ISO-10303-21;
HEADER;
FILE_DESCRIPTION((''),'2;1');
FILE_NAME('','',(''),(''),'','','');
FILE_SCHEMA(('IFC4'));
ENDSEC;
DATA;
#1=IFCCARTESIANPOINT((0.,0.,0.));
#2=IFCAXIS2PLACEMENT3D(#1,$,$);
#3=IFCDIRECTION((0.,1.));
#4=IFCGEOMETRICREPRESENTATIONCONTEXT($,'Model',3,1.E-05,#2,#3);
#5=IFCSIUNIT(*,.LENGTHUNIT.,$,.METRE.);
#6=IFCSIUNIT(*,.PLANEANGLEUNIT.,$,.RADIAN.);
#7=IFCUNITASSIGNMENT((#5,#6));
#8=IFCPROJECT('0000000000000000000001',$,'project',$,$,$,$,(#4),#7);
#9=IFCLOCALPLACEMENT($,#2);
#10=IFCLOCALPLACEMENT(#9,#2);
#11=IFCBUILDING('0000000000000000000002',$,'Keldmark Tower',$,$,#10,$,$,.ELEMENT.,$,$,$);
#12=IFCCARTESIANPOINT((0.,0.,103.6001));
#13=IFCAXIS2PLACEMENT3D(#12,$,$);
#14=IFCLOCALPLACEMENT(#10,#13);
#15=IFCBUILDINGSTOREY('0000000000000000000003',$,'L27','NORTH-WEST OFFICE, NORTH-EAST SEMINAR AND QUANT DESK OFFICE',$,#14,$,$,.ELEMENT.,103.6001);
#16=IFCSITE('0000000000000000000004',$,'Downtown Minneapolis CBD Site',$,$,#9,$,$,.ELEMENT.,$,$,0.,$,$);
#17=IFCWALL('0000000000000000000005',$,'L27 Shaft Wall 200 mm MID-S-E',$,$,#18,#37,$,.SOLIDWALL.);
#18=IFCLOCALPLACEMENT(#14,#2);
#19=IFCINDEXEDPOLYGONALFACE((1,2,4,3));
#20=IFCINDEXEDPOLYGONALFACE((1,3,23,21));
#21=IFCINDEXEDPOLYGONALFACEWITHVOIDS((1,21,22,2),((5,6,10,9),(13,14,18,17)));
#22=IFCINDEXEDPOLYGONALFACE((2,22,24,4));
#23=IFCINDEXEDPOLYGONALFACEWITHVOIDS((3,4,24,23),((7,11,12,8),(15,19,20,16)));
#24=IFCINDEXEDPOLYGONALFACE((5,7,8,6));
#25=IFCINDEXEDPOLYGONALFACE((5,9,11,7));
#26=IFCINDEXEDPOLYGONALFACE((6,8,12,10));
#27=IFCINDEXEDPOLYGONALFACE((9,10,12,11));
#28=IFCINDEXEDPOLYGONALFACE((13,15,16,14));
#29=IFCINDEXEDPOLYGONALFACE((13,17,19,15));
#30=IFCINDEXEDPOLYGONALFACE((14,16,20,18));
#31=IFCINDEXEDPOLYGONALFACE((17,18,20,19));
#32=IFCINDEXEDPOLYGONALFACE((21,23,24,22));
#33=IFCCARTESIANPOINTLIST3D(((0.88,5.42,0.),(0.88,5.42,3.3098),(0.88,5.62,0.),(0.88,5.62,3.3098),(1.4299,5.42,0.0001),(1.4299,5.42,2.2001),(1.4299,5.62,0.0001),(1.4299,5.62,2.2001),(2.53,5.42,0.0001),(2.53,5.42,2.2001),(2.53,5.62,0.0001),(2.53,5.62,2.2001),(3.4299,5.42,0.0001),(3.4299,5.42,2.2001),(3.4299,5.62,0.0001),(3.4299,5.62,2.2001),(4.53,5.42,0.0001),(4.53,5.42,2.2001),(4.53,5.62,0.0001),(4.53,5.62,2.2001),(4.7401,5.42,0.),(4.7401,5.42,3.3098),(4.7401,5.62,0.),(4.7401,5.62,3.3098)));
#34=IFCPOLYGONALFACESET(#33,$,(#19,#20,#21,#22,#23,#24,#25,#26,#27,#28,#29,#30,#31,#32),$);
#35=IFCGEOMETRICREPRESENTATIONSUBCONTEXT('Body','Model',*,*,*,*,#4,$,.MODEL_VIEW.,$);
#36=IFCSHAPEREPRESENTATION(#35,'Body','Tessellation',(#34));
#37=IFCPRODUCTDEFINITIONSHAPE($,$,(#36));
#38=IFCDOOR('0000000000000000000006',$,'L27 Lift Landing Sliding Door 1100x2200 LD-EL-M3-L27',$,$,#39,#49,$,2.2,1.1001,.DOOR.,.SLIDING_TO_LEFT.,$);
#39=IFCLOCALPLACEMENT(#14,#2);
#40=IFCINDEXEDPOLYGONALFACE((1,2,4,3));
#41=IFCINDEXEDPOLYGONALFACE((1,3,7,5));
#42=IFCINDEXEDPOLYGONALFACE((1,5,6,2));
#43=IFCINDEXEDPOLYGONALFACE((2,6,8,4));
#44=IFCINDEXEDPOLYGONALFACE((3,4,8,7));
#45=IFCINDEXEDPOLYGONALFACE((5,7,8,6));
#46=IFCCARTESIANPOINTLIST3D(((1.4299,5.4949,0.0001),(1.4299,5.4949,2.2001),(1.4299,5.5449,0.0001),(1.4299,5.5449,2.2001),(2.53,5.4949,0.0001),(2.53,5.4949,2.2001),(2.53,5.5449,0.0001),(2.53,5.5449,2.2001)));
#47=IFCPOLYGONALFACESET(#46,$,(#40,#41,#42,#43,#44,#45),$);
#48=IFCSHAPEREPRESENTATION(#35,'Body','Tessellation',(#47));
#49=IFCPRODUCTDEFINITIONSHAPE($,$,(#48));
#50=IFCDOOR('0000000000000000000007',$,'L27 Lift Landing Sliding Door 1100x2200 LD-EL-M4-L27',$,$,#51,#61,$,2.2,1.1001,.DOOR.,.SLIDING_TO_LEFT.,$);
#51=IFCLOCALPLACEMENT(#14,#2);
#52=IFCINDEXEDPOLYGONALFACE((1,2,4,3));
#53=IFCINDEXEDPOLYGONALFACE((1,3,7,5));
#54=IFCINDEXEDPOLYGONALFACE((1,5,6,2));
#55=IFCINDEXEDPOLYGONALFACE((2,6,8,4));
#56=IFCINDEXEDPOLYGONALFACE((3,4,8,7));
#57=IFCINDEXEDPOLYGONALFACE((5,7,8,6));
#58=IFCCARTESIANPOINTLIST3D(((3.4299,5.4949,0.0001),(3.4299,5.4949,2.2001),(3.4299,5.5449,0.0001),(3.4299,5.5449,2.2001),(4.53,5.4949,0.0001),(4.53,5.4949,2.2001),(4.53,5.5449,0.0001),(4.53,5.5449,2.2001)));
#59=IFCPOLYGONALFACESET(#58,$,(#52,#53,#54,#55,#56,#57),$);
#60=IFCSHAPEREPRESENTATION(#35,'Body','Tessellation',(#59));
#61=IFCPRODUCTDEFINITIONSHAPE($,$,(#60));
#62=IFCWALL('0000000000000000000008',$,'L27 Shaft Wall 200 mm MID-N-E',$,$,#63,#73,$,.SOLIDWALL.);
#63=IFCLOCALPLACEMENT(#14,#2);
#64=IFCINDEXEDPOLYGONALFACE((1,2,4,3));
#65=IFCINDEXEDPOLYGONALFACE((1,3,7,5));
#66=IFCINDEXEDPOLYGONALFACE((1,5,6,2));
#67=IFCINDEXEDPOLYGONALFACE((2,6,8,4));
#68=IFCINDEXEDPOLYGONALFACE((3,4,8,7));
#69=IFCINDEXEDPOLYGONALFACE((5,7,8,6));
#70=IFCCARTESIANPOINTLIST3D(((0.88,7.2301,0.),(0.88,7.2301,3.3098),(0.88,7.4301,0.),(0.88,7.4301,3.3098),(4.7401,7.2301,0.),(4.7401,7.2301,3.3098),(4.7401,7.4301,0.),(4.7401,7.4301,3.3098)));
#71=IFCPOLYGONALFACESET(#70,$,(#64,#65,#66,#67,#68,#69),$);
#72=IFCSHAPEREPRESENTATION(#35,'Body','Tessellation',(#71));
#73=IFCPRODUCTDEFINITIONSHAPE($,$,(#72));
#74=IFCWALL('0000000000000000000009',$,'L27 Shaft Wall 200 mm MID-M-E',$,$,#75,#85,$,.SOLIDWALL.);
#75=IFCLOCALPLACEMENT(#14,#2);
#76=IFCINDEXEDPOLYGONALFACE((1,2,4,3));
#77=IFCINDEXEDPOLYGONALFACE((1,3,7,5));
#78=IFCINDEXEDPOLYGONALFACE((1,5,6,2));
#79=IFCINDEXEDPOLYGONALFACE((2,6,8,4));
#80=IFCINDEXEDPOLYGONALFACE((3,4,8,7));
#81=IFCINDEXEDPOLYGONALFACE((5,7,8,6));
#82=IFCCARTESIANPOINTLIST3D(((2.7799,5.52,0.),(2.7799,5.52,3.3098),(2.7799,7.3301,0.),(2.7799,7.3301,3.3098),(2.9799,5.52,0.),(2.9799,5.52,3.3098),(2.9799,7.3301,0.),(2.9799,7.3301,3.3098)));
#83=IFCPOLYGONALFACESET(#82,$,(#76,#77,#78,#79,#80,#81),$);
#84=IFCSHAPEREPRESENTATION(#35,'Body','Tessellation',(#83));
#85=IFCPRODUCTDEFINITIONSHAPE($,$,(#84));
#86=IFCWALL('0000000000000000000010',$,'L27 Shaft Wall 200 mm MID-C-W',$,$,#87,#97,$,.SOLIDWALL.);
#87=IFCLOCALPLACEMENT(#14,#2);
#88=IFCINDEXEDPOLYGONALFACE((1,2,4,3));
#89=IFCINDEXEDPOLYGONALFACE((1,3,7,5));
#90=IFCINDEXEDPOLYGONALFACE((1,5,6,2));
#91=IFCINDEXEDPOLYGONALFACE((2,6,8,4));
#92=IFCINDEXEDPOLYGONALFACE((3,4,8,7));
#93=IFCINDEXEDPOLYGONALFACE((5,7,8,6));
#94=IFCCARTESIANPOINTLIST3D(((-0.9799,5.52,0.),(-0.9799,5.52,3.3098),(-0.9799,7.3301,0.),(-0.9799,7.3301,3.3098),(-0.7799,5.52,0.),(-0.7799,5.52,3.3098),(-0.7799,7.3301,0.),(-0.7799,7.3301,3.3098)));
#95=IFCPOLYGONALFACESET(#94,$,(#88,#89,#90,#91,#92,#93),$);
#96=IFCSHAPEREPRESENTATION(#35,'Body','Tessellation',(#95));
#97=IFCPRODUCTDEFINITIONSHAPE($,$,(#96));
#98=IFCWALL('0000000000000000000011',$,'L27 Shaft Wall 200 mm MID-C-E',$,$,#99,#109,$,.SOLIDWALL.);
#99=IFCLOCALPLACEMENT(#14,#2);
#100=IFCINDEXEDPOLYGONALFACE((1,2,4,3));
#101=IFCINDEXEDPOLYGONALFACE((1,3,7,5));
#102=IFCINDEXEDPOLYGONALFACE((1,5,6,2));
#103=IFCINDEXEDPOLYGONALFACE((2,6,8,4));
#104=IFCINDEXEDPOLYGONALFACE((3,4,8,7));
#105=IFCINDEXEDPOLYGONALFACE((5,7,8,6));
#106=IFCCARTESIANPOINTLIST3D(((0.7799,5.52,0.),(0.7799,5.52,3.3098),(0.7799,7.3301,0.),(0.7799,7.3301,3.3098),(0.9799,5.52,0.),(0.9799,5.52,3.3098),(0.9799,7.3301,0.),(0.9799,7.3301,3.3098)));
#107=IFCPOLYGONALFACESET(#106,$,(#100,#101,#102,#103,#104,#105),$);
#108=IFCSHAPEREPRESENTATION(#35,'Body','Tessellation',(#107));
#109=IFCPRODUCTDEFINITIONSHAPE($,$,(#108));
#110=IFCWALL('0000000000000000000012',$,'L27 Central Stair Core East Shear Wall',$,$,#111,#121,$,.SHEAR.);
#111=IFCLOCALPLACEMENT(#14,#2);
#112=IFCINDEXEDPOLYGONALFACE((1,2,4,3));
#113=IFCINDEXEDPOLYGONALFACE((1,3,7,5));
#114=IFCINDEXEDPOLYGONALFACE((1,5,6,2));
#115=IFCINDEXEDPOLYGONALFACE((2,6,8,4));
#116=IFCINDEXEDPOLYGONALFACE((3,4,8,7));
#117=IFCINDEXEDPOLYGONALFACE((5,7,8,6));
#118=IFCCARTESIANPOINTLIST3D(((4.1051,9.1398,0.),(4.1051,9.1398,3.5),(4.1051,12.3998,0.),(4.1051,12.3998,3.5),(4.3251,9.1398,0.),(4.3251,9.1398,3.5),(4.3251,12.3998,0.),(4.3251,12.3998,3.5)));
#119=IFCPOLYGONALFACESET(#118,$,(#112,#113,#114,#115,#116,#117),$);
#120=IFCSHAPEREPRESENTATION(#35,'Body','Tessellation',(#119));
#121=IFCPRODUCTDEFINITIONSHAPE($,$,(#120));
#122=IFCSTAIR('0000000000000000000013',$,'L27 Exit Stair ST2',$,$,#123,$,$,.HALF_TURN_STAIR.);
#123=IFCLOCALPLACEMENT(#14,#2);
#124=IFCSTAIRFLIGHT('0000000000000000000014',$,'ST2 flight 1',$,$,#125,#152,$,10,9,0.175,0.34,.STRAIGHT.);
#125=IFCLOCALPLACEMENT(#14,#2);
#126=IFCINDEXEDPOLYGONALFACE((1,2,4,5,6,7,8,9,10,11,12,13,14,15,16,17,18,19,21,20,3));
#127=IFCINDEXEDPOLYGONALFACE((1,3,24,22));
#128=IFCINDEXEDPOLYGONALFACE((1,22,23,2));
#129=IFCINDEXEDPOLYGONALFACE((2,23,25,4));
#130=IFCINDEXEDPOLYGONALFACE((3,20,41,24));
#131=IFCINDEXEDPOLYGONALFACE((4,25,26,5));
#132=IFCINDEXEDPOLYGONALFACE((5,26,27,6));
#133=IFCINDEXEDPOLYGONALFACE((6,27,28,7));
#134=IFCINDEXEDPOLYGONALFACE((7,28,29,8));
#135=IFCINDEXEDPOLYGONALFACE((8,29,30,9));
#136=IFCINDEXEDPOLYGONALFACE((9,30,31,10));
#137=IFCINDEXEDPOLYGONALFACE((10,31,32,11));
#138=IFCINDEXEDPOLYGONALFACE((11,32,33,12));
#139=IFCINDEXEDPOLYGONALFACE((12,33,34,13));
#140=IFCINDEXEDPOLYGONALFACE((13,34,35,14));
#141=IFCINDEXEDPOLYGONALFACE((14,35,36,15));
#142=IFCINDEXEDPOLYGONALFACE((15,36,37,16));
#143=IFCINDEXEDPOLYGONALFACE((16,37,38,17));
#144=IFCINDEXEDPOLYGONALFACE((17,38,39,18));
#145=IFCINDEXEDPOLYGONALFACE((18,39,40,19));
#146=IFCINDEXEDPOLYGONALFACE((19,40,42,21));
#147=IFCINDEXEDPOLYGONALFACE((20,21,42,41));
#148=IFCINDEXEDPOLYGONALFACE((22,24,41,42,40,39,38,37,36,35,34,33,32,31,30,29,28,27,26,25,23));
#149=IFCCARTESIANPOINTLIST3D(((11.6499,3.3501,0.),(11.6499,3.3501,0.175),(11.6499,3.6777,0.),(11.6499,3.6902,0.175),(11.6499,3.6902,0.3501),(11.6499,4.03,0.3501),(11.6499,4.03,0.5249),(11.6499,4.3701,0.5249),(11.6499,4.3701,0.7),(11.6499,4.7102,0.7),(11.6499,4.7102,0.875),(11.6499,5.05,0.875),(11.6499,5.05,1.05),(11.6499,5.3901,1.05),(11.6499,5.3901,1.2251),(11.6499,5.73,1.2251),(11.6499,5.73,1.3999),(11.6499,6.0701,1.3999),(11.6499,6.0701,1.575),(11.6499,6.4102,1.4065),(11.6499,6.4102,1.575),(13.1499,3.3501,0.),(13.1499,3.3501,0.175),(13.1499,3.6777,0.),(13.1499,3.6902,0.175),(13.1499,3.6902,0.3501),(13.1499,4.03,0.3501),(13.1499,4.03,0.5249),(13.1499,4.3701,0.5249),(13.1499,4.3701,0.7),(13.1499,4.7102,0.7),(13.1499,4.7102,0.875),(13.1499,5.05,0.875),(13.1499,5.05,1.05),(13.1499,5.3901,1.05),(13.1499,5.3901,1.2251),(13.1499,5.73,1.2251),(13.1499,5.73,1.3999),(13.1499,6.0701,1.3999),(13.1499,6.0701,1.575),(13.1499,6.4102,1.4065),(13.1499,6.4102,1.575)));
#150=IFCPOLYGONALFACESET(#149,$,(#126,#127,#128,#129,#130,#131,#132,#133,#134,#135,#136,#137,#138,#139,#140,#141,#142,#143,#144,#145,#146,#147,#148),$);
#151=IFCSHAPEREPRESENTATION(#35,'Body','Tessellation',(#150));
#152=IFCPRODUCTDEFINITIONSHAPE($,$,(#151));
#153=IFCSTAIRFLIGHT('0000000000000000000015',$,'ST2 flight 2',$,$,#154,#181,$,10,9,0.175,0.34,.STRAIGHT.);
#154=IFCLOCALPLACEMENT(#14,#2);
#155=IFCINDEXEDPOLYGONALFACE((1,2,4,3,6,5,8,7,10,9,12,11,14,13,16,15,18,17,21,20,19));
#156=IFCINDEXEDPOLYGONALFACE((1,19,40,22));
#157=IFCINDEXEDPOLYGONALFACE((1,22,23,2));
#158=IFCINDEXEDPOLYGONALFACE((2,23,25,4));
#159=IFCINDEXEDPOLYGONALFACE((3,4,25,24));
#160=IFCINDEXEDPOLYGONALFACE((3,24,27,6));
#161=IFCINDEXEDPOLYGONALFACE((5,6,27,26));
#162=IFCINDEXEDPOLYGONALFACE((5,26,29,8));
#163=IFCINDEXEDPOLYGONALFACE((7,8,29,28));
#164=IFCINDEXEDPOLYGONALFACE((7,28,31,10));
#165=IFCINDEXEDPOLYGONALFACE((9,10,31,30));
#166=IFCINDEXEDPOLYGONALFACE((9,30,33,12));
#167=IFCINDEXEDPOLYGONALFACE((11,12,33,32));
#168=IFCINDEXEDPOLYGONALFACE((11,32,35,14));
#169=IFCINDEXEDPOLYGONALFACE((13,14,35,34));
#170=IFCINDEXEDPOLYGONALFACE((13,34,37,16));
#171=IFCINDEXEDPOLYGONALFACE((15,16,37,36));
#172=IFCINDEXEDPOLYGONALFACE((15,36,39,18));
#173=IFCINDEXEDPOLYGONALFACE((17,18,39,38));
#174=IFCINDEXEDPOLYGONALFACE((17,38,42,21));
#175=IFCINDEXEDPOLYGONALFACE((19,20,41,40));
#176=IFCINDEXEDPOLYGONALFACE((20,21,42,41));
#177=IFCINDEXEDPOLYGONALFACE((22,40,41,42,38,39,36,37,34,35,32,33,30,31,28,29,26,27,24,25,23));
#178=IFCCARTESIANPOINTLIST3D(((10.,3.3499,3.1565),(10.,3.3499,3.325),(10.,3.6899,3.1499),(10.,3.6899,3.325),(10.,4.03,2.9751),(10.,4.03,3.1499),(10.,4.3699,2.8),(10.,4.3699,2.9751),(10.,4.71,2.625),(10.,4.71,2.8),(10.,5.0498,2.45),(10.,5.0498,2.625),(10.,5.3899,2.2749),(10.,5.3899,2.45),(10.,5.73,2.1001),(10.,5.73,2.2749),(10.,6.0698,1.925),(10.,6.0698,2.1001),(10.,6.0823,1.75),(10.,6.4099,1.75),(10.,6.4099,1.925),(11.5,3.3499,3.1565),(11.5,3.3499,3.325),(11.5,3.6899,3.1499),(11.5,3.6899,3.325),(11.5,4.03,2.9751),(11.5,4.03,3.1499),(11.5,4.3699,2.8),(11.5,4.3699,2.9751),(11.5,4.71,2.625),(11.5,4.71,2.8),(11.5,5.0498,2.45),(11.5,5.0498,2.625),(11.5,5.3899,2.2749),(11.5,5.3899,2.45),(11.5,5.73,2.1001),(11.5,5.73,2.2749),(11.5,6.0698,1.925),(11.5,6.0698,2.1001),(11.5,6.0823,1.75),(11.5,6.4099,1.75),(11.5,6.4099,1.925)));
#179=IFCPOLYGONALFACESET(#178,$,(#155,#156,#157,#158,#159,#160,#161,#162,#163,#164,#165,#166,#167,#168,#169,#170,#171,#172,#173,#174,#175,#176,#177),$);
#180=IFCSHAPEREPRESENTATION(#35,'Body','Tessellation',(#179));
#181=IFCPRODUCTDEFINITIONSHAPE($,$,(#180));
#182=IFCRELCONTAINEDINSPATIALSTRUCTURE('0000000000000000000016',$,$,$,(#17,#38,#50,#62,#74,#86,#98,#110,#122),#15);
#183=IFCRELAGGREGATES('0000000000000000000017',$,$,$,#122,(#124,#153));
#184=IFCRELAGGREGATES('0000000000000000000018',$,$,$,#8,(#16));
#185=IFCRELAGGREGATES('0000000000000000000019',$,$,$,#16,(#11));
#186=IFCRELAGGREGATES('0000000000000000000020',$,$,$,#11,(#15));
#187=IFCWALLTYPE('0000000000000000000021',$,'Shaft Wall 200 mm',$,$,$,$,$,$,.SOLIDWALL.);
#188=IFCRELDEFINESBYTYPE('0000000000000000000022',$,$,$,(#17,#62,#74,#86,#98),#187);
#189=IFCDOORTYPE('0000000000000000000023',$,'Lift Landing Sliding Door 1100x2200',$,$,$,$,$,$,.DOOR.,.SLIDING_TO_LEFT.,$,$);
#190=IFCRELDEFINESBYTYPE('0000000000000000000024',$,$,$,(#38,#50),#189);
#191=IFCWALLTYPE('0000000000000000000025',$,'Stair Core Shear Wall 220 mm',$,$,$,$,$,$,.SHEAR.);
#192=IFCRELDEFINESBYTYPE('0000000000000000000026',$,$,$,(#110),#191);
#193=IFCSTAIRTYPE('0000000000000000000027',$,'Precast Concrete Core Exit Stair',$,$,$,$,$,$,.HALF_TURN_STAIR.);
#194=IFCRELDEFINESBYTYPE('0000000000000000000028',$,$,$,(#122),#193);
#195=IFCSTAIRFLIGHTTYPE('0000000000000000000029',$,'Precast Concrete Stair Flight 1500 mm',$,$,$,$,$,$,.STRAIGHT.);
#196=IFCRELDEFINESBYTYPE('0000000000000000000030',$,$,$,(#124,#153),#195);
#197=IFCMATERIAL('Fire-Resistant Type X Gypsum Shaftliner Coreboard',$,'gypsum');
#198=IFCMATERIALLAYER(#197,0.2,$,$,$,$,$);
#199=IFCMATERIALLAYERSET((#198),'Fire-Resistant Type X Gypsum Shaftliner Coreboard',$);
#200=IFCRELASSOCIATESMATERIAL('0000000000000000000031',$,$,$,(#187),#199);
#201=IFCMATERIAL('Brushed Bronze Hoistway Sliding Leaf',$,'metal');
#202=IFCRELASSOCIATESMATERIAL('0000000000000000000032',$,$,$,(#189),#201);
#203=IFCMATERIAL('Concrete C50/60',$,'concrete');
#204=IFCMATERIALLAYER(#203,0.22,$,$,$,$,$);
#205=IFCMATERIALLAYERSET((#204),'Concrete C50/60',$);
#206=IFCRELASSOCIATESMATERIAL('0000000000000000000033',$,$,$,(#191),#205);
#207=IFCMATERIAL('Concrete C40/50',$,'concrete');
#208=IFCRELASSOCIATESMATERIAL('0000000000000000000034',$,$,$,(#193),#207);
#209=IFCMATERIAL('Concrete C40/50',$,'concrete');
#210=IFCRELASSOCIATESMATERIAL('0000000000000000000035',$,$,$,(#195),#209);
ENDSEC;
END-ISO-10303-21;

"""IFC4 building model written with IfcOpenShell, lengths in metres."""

from ifc_helpers import new_model, si_unit, direction, frame, frame_2d, origin, place, context, subcontext, project, spatial, polyline, rectangle, outline, extrude, material, layer, layer_set, type_object, element, fill, aggregate, save


model = new_model("IFC4")

# Units and contexts
model_context = context("Model", 3, precision=1e-05, world=origin(), true_north=direction((0.0, 1.0)))
body_context = subcontext(model_context, "Body", "Model", "MODEL_VIEW")
ifc_project = project(units=[si_unit("LENGTHUNIT", "METRE"), si_unit("PLANEANGLEUNIT", "RADIAN")], contexts=[model_context])

# Site, building, storey
site_placement = place(None, origin())
site = spatial("IfcSite", under=ifc_project, at=site_placement, Name="Downtown Minneapolis CBD Site", CompositionType="ELEMENT", RefElevation=0.0)
building_placement = place(site_placement, origin())
building = spatial("IfcBuilding", under=site, at=building_placement, Name="Keldmark Tower", CompositionType="ELEMENT")
storey_placement = place(building_placement, frame((0.0, 0.0, 103.6001)))
storey = spatial("IfcBuildingStorey", under=building, at=storey_placement, Name="L27", Description="NORTH-WEST OFFICE, NORTH-EAST SEMINAR AND QUANT DESK OFFICE", CompositionType="ELEMENT", Elevation=103.6001)

# Shared definitions
ifc_material_1 = material(Name="Fire-Resistant Type X Gypsum Shaftliner Coreboard", Category="gypsum")
ifc_layer_1 = layer(ifc_material_1, 0.2)
ifc_layer_set_1 = layer_set([ifc_layer_1], Name="Fire-Resistant Type X Gypsum Shaftliner Coreboard")
wall_type_1 = type_object("IfcWallType", Name="Shaft Wall 200 mm", PredefinedType="SOLIDWALL", material=ifc_layer_set_1)

# Wall, openings, doors
wall_1_placement = place(storey_placement, frame((0.8799, 5.52, 0.0), z_axis=(0.0, 0.0, 1.0), x_axis=(1.0, 0.0, 0.0)))
wall_1 = element("IfcWall", 1, at=wall_1_placement, inside=storey, type_object=wall_type_1, Name="L27 Shaft Wall 200 mm MID-S-E", PredefinedType="SOLIDWALL", context=body_context, shape_type="SweptSolid", body=[
    extrude(rectangle(XDim=3.8601, YDim=0.2, at=frame_2d((1.9302, 0.0))), origin(), (0.0, 0.0, 1.0), 3.3098),
])
opening_1_placement = place(wall_1_placement, frame((0.55, 0.0, 0.0)))
opening_1 = element("IfcOpeningElement", 2, at=opening_1_placement, cuts=wall_1, PredefinedType="OPENING", context=body_context, shape_type="SweptSolid", body=[
    extrude(rectangle(XDim=1.1001, YDim=2.2, at=frame_2d((0.55, 1.1001))), frame((0.0, 0.1099, 0.0), z_axis=(0.0, -1.0, 0.0), x_axis=(1.0, 0.0, 0.0)), (0.0, 0.0, 1.0), 0.22),
])
opening_2_placement = place(wall_1_placement, frame((2.55, 0.0, 0.0)))
opening_2 = element("IfcOpeningElement", 3, at=opening_2_placement, cuts=wall_1, PredefinedType="OPENING", context=body_context, shape_type="SweptSolid", body=[
    extrude(rectangle(XDim=1.1001, YDim=2.2, at=frame_2d((0.55, 1.1001))), frame((0.0, 0.1099, 0.0), z_axis=(0.0, -1.0, 0.0), x_axis=(1.0, 0.0, 0.0)), (0.0, 0.0, 1.0), 0.22),
])
ifc_material_2 = material(Name="Brushed Bronze Hoistway Sliding Leaf", Category="metal")
door_type_1 = type_object("IfcDoorType", Name="Lift Landing Sliding Door 1100x2200", OperationType="SLIDING_TO_LEFT", PredefinedType="DOOR", material=ifc_material_2)
door_1_placement = place(opening_1_placement, origin())
door_1 = element("IfcDoor", 4, at=door_1_placement, inside=storey, type_object=door_type_1, Name="L27 Lift Landing Sliding Door 1100x2200 LD-EL-M3-L27", OperationType="SLIDING_TO_LEFT", OverallHeight=2.2, OverallWidth=1.1001, PredefinedType="DOOR", context=body_context, shape_type="SweptSolid", body=[
    extrude(rectangle(XDim=1.1001, YDim=2.2, at=frame_2d((0.55, 1.1001))), frame((0.0, 0.0249, 0.0), z_axis=(0.0, -1.0, 0.0), x_axis=(1.0, 0.0, 0.0)), (0.0, 0.0, 1.0), 0.05),
])
fill(opening_1, door_1)
door_2_placement = place(opening_2_placement, origin())
door_2 = element("IfcDoor", 5, at=door_2_placement, inside=storey, type_object=door_type_1, Name="L27 Lift Landing Sliding Door 1100x2200 LD-EL-M4-L27", OperationType="SLIDING_TO_LEFT", OverallHeight=2.2, OverallWidth=1.1001, PredefinedType="DOOR", context=body_context, shape_type="SweptSolid", body=[
    extrude(rectangle(XDim=1.1001, YDim=2.2, at=frame_2d((0.55, 1.1001))), frame((0.0, 0.0249, 0.0), z_axis=(0.0, -1.0, 0.0), x_axis=(1.0, 0.0, 0.0)), (0.0, 0.0, 1.0), 0.05),
])
fill(opening_2, door_2)

# Walls
wall_2_placement = place(storey_placement, frame((0.8799, 7.3301, 0.0), z_axis=(0.0, 0.0, 1.0), x_axis=(1.0, 0.0, 0.0)))
element("IfcWall", 6, at=wall_2_placement, inside=storey, type_object=wall_type_1, Name="L27 Shaft Wall 200 mm MID-N-E", PredefinedType="SOLIDWALL", context=body_context, shape_type="SweptSolid", body=[
    extrude(rectangle(XDim=3.8601, YDim=0.2, at=frame_2d((1.9302, 0.0))), origin(), (0.0, 0.0, 1.0), 3.3098),
])
for number, where, z_axis, x_axis, name in (
    (7, (2.8799, 5.52, 0.0), (0.0, 0.0, 1.0), (0.0, 1.0, 0.0), "L27 Shaft Wall 200 mm MID-M-E"),
    (8, (-0.8799, 5.52, 0.0), (0.0, 0.0, 1.0), (0.0, 1.0, 0.0), "L27 Shaft Wall 200 mm MID-C-W"),
    (9, (0.8799, 5.52, 0.0), (0.0, 0.0, 1.0), (0.0, 1.0, 0.0), "L27 Shaft Wall 200 mm MID-C-E"),
):
    element("IfcWall", number, at=place(storey_placement, frame(where, z_axis=z_axis, x_axis=x_axis)), inside=storey, type_object=wall_type_1, Name=name, PredefinedType="SOLIDWALL", context=body_context, shape_type="SweptSolid", body=[
        extrude(rectangle(XDim=1.8101, YDim=0.2, at=frame_2d((0.905, 0.0))), origin(), (0.0, 0.0, 1.0), 3.3098),
    ])
ifc_material_3 = material(Name="Concrete C50/60", Category="concrete")
ifc_layer_2 = layer(ifc_material_3, 0.22)
ifc_layer_set_2 = layer_set([ifc_layer_2], Name="Concrete C50/60")
wall_type_2 = type_object("IfcWallType", Name="Stair Core Shear Wall 220 mm", PredefinedType="SHEAR", material=ifc_layer_set_2)
wall_3_placement = place(storey_placement, frame((4.2151, 9.1399, 0.0), z_axis=(0.0, 0.0, 1.0), x_axis=(0.0, 1.0, 0.0)))
element("IfcWall", 10, at=wall_3_placement, inside=storey, type_object=wall_type_2, Name="L27 Central Stair Core East Shear Wall", PredefinedType="SHEAR", context=body_context, shape_type="SweptSolid", body=[
    extrude(rectangle(XDim=3.26, YDim=0.22, at=frame_2d((1.6299, 0.0))), origin(), (0.0, 0.0, 1.0), 3.5),
])

# Stair, stair flights
ifc_material_4 = material(Name="Concrete C40/50", Category="concrete")
stair_type = type_object("IfcStairType", Name="Precast Concrete Core Exit Stair", PredefinedType="HALF_TURN_STAIR", material=ifc_material_4)
stair_placement = place(storey_placement, origin())
stair = element("IfcStair", 11, at=stair_placement, inside=storey, type_object=stair_type, Name="L27 Exit Stair ST2", PredefinedType="HALF_TURN_STAIR")
ifc_material_5 = material(Name="Concrete C40/50", Category="concrete")
stair_flight_type = type_object("IfcStairFlightType", Name="Precast Concrete Stair Flight 1500 mm", PredefinedType="STRAIGHT", material=ifc_material_5)
stair_flight_1_placement = place(storey_placement, frame((12.3999, 3.3501, 0.0), z_axis=(0.0, 0.0, 1.0), x_axis=(0.0, 1.0, 0.0)))
stair_flight_1 = element("IfcStairFlight", 12, at=stair_flight_1_placement, type_object=stair_flight_type, Name="ST2 flight 1", NumberOfRisers=10, NumberOfTreads=9, PredefinedType="STRAIGHT", RiserHeight=0.175, TreadLength=0.34, context=body_context, shape_type="SweptSolid", body=[
    extrude(outline(polyline([(0.0, 0.0), (0.0, 0.175), (0.3401, 0.175), (0.3401, 0.3501), (0.6799, 0.3501), (0.6799, 0.5249), (1.02, 0.5249), (1.02, 0.7), (1.3601, 0.7), (1.3601, 0.875), (1.7, 0.875), (1.7, 1.05), (2.04, 1.05), (2.04, 1.2251), (2.3799, 1.2251), (2.3799, 1.3999), (2.72, 1.3999), (2.72, 1.575), (3.0601, 1.575), (3.0601, 1.75), (3.0601, 1.4065), (0.3276, 0.0), (0.0, 0.0)])), frame((0.0, 0.75, 0.0), z_axis=(0.0, -1.0, 0.0), x_axis=(1.0, 0.0, 0.0)), (0.0, 0.0, 1.0), 1.5),
])
stair_flight_2_placement = place(storey_placement, frame((10.75, 6.4099, 1.75), z_axis=(0.0, 0.0, 1.0), x_axis=(0.0, -1.0, 0.0)))
stair_flight_2 = element("IfcStairFlight", 13, at=stair_flight_2_placement, type_object=stair_flight_type, Name="ST2 flight 2", NumberOfRisers=10, NumberOfTreads=9, PredefinedType="STRAIGHT", RiserHeight=0.175, TreadLength=0.34, context=body_context, shape_type="SweptSolid", body=[
    extrude(outline(polyline([(0.0, 0.0), (0.0, 0.175), (0.3401, 0.175), (0.3401, 0.3501), (0.6799, 0.3501), (0.6799, 0.5249), (1.02, 0.5249), (1.02, 0.7), (1.3601, 0.7), (1.3601, 0.875), (1.7, 0.875), (1.7, 1.05), (2.04, 1.05), (2.04, 1.2251), (2.3799, 1.2251), (2.3799, 1.3999), (2.72, 1.3999), (2.72, 1.575), (3.0601, 1.575), (3.0601, 1.75), (3.0601, 1.4065), (0.3276, 0.0), (0.0, 0.0)])), frame((0.0, 0.75, 0.0), z_axis=(0.0, -1.0, 0.0), x_axis=(1.0, 0.0, 0.0)), (0.0, 0.0, 1.0), 1.5),
])
aggregate(stair, [stair_flight_1, stair_flight_2])

save(model, "model.ifc")
